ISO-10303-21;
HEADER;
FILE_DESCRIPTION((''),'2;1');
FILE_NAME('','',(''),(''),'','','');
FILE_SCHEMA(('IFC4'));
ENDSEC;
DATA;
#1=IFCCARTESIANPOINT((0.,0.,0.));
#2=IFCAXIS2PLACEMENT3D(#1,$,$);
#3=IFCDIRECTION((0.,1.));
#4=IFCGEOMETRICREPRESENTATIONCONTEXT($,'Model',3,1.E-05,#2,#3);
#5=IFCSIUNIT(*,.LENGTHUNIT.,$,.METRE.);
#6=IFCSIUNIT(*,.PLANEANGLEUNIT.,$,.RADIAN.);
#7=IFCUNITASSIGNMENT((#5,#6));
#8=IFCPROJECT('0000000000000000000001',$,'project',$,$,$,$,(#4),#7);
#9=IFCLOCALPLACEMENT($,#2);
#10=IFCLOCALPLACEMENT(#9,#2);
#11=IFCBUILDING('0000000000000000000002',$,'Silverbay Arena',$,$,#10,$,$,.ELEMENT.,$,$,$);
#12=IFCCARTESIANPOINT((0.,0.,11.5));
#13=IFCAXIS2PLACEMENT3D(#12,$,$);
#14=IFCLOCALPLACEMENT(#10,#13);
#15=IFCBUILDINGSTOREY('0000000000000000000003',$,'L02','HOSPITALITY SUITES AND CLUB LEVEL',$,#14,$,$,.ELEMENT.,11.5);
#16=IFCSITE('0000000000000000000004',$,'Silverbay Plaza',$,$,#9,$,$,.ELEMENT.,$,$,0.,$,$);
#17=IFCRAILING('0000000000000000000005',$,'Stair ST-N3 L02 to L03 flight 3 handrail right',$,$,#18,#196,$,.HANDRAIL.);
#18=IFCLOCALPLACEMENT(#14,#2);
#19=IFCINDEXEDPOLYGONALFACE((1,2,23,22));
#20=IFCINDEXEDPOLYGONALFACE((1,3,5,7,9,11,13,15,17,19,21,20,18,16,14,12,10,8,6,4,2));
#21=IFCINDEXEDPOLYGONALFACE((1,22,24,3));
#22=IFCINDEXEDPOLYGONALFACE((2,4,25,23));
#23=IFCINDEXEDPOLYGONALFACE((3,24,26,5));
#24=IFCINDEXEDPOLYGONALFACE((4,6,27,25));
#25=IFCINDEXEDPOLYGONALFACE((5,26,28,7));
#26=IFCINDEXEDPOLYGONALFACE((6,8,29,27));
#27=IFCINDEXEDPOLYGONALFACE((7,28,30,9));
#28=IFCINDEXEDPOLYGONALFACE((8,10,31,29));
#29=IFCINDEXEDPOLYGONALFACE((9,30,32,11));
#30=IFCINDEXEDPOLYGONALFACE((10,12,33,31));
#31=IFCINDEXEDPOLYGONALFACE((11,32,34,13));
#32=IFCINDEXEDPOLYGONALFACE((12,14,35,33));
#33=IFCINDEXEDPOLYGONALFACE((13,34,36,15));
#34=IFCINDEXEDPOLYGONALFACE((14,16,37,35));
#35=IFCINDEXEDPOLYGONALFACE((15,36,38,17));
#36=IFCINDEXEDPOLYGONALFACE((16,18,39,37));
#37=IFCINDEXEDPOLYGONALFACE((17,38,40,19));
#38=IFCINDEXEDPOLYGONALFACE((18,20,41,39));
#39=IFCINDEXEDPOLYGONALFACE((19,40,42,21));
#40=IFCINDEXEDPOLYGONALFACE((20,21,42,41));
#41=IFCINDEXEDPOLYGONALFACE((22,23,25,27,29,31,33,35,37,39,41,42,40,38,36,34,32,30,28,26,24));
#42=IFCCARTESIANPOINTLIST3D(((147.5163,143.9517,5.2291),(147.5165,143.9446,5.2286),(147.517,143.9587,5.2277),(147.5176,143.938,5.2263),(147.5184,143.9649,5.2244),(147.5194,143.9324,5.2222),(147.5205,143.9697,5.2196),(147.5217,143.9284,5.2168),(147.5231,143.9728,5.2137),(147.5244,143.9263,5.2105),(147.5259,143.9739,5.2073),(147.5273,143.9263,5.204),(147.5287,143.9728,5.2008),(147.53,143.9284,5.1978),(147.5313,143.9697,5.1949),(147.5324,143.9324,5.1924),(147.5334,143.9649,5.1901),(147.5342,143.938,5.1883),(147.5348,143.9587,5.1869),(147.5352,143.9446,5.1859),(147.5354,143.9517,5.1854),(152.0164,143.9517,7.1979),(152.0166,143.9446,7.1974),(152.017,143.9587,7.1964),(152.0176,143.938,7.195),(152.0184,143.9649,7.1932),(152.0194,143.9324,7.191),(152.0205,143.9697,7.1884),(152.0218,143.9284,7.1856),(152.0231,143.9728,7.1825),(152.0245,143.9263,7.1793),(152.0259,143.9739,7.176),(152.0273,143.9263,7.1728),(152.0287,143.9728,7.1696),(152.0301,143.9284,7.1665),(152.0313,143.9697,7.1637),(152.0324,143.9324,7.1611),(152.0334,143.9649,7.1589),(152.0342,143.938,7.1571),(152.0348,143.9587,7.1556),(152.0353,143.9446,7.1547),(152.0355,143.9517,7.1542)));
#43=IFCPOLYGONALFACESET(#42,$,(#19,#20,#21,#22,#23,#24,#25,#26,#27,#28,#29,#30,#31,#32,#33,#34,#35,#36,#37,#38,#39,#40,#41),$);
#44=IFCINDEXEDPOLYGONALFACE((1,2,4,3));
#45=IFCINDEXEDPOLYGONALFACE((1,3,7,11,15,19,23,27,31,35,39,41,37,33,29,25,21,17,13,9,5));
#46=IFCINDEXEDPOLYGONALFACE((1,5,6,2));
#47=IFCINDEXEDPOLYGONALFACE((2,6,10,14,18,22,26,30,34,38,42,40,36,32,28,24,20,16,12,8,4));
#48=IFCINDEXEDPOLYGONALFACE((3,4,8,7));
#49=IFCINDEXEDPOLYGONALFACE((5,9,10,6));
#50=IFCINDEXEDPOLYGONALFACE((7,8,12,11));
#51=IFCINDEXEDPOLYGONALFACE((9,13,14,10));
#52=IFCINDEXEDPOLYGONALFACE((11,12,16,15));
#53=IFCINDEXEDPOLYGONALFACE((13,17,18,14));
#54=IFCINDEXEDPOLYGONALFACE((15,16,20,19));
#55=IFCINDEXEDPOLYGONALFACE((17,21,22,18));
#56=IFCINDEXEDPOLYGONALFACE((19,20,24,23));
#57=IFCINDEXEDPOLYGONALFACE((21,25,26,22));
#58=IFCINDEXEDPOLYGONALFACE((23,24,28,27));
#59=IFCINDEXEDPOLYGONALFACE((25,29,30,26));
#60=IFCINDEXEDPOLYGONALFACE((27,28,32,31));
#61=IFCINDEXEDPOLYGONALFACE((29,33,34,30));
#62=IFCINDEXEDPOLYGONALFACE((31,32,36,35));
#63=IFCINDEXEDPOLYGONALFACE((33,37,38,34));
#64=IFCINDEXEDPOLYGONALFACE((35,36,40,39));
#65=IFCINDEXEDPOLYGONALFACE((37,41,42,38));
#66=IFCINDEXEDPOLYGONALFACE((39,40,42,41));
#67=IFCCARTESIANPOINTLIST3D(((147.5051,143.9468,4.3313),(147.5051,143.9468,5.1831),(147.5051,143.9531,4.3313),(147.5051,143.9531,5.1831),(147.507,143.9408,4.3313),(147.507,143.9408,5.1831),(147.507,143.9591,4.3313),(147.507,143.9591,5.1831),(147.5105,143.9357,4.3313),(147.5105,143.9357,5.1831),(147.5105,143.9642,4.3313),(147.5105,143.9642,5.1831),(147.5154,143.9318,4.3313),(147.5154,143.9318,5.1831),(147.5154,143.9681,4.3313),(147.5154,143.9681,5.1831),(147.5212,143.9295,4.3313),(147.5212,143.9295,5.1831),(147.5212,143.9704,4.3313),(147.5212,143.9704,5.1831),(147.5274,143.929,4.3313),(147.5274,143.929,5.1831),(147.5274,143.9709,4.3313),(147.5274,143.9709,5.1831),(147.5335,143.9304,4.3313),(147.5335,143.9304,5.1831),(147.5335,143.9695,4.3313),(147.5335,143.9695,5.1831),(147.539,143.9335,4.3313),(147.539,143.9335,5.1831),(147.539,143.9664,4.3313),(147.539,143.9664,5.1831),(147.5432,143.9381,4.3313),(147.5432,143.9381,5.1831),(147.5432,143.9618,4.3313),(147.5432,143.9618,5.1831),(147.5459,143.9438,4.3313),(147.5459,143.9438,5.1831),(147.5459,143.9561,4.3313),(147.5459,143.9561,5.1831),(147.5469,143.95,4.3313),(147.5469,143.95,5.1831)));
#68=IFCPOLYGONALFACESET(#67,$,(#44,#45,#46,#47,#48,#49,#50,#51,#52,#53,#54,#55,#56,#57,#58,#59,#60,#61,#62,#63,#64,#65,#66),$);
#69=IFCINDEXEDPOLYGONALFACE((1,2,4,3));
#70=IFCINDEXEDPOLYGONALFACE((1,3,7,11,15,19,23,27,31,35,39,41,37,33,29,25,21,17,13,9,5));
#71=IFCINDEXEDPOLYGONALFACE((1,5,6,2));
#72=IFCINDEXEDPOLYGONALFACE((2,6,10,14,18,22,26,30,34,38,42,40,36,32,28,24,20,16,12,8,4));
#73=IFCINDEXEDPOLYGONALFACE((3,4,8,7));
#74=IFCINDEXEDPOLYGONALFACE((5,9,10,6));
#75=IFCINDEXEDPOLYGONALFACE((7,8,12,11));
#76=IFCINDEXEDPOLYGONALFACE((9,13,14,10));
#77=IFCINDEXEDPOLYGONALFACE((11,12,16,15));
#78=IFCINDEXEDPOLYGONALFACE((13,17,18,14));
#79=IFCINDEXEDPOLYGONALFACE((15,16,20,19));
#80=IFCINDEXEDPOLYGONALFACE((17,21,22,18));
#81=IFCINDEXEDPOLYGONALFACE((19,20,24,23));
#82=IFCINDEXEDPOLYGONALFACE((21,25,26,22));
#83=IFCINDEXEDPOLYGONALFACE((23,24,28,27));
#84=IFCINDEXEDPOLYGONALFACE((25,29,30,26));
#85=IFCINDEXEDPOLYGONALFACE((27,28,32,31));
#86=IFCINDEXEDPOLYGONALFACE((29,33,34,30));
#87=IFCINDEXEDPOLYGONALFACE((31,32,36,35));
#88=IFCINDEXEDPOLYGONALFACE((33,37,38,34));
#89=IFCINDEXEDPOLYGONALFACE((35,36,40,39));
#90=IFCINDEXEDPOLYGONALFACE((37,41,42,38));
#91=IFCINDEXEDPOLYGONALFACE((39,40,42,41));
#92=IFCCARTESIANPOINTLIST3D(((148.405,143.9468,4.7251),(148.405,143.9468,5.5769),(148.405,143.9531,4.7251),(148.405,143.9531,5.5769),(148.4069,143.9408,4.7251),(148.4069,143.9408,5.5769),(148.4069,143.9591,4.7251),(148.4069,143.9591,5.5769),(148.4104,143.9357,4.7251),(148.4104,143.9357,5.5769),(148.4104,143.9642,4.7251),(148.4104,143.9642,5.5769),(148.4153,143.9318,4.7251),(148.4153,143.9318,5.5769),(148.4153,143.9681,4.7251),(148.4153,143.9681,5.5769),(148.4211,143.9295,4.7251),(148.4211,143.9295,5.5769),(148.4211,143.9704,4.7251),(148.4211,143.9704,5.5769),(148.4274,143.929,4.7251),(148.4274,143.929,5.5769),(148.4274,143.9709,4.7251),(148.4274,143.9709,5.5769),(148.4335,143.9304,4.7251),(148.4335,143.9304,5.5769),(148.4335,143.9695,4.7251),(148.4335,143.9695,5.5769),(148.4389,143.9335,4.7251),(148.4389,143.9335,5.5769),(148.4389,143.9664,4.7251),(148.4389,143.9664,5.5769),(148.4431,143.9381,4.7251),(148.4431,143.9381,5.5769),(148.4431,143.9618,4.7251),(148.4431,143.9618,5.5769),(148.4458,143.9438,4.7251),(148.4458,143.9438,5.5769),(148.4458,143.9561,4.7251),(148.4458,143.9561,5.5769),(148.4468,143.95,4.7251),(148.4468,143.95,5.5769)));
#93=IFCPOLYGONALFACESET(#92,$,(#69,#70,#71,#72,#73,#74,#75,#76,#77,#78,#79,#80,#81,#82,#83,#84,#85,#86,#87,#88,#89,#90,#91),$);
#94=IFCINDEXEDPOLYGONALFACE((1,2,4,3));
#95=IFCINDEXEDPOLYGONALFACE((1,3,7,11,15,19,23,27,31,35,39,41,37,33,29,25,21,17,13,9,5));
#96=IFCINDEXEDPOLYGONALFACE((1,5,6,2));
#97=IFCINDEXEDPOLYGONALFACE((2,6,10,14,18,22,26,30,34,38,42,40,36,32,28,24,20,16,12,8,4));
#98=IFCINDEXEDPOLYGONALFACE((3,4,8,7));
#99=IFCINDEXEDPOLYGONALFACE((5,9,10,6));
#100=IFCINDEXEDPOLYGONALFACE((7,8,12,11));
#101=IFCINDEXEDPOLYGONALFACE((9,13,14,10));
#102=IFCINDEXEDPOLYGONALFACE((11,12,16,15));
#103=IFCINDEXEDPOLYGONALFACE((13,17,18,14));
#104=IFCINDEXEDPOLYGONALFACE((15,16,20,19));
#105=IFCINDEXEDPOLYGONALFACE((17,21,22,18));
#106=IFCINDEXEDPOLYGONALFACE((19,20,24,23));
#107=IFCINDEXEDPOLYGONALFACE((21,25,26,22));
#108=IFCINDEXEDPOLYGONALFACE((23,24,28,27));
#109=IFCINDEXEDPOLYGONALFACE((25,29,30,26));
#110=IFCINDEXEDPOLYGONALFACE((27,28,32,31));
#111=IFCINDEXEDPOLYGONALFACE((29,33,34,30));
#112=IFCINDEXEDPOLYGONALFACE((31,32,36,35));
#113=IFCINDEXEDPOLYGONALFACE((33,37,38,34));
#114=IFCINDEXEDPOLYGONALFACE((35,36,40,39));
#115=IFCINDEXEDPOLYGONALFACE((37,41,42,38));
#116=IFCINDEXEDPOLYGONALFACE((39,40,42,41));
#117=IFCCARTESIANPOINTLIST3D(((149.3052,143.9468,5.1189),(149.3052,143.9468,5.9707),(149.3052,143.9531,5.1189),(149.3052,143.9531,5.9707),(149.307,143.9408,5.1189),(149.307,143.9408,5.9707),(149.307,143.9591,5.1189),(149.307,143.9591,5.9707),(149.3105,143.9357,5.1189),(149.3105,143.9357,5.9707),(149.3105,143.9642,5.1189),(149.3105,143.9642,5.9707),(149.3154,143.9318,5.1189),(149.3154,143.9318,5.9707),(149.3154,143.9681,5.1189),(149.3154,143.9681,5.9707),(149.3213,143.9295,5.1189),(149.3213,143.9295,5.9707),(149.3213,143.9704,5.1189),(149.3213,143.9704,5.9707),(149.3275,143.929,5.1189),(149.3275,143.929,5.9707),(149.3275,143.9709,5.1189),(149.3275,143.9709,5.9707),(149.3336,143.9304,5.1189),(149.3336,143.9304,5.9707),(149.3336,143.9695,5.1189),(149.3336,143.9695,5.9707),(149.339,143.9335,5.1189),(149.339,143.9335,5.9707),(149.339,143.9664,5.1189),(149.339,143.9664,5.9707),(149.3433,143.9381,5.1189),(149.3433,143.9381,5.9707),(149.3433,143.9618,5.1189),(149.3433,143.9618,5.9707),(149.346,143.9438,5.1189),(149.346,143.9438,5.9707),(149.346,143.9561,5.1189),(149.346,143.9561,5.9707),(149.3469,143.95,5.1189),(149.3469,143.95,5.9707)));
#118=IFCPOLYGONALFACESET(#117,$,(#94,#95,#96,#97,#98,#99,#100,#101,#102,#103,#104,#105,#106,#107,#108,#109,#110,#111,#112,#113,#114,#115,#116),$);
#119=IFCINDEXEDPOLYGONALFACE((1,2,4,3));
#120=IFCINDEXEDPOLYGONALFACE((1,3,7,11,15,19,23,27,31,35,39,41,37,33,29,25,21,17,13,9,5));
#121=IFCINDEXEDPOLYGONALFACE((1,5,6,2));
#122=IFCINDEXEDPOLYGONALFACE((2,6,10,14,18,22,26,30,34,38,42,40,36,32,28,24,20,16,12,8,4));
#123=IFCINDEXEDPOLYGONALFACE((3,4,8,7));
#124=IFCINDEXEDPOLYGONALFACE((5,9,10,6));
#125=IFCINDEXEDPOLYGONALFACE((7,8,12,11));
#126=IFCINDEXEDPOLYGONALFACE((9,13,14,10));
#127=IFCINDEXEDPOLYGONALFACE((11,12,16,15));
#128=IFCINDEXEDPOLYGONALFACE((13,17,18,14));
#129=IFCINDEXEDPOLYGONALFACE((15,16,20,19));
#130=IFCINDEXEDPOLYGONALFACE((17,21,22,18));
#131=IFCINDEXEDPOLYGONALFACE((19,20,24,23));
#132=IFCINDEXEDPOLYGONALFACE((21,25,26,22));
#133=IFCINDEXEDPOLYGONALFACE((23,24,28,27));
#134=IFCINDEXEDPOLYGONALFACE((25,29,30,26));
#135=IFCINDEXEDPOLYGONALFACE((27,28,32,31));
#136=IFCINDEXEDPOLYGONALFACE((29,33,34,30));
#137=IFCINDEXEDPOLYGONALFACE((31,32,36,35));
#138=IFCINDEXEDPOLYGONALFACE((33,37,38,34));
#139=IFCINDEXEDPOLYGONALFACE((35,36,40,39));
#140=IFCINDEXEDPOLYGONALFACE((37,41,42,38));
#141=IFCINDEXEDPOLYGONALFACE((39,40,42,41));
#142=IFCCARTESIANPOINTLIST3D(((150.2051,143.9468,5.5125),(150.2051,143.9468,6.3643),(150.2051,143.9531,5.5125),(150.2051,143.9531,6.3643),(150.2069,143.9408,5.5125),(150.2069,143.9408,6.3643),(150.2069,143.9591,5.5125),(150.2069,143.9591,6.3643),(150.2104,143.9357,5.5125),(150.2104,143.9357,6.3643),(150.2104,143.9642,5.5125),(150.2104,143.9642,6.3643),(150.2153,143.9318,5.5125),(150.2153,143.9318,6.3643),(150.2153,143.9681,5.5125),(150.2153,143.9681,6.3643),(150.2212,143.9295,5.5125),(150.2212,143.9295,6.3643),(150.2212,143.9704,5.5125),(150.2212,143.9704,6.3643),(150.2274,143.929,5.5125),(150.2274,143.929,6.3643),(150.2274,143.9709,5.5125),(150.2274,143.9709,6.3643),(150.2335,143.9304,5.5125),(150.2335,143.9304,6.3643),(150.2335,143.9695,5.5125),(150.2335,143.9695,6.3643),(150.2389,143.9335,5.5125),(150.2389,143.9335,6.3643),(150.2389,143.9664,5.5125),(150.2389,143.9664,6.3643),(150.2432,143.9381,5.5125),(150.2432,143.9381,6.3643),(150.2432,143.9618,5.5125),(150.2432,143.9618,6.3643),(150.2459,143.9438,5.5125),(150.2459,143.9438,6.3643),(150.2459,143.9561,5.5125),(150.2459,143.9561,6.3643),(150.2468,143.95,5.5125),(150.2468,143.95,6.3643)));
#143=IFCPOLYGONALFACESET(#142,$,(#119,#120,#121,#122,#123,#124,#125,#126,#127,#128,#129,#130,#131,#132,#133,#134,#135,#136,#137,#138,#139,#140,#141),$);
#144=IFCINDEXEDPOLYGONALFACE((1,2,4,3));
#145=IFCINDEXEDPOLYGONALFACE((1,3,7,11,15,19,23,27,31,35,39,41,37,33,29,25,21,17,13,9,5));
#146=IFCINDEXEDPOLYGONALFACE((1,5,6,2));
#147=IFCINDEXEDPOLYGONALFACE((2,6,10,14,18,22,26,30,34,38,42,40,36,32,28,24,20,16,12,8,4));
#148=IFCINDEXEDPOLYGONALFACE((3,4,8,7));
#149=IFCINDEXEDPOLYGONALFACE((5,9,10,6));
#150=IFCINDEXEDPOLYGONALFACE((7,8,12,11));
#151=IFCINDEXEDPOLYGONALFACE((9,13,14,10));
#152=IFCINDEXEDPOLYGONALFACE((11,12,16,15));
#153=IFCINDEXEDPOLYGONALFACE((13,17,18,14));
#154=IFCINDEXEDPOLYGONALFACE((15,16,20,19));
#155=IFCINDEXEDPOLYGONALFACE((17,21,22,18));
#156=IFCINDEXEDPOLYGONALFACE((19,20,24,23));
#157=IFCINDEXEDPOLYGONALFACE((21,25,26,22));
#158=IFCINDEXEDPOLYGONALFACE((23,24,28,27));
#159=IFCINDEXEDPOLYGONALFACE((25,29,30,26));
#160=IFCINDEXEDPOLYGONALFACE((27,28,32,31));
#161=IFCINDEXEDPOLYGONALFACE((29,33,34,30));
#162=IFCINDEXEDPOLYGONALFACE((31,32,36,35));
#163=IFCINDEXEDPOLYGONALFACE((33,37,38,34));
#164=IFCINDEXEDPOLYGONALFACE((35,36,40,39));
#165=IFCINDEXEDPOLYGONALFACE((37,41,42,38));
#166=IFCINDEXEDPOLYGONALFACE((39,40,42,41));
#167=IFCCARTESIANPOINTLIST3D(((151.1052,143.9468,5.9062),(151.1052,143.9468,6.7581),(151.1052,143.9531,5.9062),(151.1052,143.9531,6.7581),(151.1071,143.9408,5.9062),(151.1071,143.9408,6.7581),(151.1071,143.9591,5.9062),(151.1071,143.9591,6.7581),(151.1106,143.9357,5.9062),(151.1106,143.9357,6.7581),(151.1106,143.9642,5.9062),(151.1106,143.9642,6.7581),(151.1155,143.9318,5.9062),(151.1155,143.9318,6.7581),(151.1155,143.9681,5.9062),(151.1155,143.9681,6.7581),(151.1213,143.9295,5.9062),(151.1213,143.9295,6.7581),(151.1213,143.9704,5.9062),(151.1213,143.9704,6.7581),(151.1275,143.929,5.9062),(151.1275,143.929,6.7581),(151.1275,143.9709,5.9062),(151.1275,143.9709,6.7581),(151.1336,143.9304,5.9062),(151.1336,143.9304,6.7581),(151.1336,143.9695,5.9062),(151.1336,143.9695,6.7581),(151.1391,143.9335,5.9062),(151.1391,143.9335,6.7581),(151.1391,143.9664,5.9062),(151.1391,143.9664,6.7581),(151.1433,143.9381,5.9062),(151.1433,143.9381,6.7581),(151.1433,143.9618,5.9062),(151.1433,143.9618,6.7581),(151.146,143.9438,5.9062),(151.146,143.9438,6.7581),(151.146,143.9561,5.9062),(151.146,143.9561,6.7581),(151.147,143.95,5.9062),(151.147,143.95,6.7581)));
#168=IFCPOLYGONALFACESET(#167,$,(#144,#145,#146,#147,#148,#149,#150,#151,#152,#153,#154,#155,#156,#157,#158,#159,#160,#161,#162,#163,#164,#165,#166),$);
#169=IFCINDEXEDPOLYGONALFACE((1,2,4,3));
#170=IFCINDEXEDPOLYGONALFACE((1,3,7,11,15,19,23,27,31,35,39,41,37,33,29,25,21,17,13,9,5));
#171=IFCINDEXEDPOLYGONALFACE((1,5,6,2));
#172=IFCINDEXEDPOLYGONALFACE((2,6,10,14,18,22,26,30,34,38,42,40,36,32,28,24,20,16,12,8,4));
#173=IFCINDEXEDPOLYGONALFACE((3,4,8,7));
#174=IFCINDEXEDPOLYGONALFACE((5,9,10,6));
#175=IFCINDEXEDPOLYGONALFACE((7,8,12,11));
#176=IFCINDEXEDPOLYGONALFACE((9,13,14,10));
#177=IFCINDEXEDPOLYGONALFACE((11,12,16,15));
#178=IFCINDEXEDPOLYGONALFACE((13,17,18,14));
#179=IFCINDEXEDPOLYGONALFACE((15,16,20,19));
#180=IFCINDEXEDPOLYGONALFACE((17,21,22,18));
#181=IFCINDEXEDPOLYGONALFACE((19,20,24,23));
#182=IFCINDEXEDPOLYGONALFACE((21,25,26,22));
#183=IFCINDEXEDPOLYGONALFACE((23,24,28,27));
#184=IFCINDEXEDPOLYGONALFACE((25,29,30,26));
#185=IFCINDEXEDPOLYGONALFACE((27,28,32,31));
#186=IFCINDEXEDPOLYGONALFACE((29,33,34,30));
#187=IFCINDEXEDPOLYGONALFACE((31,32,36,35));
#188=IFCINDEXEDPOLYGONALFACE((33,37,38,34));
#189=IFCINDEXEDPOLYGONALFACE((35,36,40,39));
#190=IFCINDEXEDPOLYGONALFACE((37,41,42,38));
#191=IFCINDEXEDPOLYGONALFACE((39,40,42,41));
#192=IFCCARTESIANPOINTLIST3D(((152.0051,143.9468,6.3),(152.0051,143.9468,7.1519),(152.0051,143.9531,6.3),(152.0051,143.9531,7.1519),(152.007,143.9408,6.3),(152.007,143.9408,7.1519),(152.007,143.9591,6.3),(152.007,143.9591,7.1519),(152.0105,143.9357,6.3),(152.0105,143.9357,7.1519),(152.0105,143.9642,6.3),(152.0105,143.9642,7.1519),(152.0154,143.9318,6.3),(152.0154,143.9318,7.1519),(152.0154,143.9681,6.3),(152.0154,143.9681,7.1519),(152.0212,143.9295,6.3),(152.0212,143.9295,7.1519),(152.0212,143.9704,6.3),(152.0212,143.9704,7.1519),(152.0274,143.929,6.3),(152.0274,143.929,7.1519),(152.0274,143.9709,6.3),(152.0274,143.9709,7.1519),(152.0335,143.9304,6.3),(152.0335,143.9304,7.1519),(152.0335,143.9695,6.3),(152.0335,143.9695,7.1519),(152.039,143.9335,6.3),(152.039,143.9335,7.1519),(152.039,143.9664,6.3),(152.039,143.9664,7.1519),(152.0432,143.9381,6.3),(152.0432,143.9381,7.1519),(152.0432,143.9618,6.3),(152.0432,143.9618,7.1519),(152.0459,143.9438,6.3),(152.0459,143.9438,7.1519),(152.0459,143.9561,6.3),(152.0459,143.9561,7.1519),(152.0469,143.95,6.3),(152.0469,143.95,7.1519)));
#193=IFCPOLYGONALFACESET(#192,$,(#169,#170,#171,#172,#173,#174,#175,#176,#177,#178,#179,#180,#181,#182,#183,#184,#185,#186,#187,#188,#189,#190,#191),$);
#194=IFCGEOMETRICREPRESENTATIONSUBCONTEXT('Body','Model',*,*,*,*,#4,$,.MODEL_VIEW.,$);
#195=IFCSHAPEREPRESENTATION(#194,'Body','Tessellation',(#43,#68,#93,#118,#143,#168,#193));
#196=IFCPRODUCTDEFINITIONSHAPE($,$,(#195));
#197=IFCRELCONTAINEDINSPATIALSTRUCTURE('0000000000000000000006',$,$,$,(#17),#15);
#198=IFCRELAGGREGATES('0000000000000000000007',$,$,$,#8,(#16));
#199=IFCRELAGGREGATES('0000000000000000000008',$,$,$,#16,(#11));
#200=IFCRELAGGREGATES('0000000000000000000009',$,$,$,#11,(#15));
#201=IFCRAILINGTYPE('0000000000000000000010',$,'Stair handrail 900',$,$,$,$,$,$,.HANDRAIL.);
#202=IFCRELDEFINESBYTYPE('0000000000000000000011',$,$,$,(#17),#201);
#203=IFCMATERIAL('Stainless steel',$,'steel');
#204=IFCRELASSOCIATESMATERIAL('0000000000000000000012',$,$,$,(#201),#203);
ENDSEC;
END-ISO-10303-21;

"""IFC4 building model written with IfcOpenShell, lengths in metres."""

from ifc_helpers import new_model, si_unit, direction, frame, origin, origin_2d, place, context, subcontext, project, spatial, circle, extrude, material, type_object, element, save


model = new_model("IFC4")

# Units and contexts
model_context = context("Model", 3, precision=1e-05, world=origin(), true_north=direction((0.0, 1.0)))
body_context = subcontext(model_context, "Body", "Model", "MODEL_VIEW")
ifc_project = project(units=[si_unit("LENGTHUNIT", "METRE"), si_unit("PLANEANGLEUNIT", "RADIAN")], contexts=[model_context])

# Site, building, storey
site_placement = place(None, origin())
site = spatial("IfcSite", under=ifc_project, at=site_placement, Name="Silverbay Plaza", CompositionType="ELEMENT", RefElevation=0.0)
building_placement = place(site_placement, origin())
building = spatial("IfcBuilding", under=site, at=building_placement, Name="Silverbay Arena", CompositionType="ELEMENT")
storey_placement = place(building_placement, frame((0.0, 0.0, 11.5)))
storey = spatial("IfcBuildingStorey", under=building, at=storey_placement, Name="L02", Description="HOSPITALITY SUITES AND CLUB LEVEL", CompositionType="ELEMENT", Elevation=11.5)

# Railing
ifc_material_1 = material(Name="Stainless steel", Category="steel")
railing_type_1 = type_object("IfcRailingType", Name="Stair handrail 900", PredefinedType="HANDRAIL", material=ifc_material_1)
for number, where, name in (
    (1, (147.5259, 143.95, 4.3313), "Stair ST-N3 L02 to L03 flight 3 handrail right"),
):
    element("IfcRailing", number, at=place(storey_placement, frame(where)), inside=storey, type_object=railing_type_1, Name=name, PredefinedType="HANDRAIL", context=body_context, shape_type="SweptSolid", body=[
        extrude(circle(Radius=0.0239, at=origin_2d()), frame((0.0, 0.0, 0.876), z_axis=(0.916157, 0.0, 0.400819), x_axis=(0.0, 1.0, 0.0)), (0.0, 0.0, 1.0), 4.9119),
        extrude(circle(Radius=0.021, at=origin_2d()), origin(), (0.0, 0.0, 1.0), 0.8518),
        extrude(circle(Radius=0.021, at=origin_2d()), frame((0.8999, 0.0, 0.3938)), (0.0, 0.0, 1.0), 0.8518),
        extrude(circle(Radius=0.021, at=origin_2d()), frame((1.8, 0.0, 0.7876)), (0.0, 0.0, 1.0), 0.8518),
        extrude(circle(Radius=0.021, at=origin_2d()), frame((2.7, 0.0, 1.1812)), (0.0, 0.0, 1.0), 0.8518),
        extrude(circle(Radius=0.021, at=origin_2d()), frame((3.6001, 0.0, 1.575)), (0.0, 0.0, 1.0), 0.8518),
        extrude(circle(Radius=0.021, at=origin_2d()), frame((4.5, 0.0, 1.9688)), (0.0, 0.0, 1.0), 0.8518),
    ])

save(model, "model.ifc")
